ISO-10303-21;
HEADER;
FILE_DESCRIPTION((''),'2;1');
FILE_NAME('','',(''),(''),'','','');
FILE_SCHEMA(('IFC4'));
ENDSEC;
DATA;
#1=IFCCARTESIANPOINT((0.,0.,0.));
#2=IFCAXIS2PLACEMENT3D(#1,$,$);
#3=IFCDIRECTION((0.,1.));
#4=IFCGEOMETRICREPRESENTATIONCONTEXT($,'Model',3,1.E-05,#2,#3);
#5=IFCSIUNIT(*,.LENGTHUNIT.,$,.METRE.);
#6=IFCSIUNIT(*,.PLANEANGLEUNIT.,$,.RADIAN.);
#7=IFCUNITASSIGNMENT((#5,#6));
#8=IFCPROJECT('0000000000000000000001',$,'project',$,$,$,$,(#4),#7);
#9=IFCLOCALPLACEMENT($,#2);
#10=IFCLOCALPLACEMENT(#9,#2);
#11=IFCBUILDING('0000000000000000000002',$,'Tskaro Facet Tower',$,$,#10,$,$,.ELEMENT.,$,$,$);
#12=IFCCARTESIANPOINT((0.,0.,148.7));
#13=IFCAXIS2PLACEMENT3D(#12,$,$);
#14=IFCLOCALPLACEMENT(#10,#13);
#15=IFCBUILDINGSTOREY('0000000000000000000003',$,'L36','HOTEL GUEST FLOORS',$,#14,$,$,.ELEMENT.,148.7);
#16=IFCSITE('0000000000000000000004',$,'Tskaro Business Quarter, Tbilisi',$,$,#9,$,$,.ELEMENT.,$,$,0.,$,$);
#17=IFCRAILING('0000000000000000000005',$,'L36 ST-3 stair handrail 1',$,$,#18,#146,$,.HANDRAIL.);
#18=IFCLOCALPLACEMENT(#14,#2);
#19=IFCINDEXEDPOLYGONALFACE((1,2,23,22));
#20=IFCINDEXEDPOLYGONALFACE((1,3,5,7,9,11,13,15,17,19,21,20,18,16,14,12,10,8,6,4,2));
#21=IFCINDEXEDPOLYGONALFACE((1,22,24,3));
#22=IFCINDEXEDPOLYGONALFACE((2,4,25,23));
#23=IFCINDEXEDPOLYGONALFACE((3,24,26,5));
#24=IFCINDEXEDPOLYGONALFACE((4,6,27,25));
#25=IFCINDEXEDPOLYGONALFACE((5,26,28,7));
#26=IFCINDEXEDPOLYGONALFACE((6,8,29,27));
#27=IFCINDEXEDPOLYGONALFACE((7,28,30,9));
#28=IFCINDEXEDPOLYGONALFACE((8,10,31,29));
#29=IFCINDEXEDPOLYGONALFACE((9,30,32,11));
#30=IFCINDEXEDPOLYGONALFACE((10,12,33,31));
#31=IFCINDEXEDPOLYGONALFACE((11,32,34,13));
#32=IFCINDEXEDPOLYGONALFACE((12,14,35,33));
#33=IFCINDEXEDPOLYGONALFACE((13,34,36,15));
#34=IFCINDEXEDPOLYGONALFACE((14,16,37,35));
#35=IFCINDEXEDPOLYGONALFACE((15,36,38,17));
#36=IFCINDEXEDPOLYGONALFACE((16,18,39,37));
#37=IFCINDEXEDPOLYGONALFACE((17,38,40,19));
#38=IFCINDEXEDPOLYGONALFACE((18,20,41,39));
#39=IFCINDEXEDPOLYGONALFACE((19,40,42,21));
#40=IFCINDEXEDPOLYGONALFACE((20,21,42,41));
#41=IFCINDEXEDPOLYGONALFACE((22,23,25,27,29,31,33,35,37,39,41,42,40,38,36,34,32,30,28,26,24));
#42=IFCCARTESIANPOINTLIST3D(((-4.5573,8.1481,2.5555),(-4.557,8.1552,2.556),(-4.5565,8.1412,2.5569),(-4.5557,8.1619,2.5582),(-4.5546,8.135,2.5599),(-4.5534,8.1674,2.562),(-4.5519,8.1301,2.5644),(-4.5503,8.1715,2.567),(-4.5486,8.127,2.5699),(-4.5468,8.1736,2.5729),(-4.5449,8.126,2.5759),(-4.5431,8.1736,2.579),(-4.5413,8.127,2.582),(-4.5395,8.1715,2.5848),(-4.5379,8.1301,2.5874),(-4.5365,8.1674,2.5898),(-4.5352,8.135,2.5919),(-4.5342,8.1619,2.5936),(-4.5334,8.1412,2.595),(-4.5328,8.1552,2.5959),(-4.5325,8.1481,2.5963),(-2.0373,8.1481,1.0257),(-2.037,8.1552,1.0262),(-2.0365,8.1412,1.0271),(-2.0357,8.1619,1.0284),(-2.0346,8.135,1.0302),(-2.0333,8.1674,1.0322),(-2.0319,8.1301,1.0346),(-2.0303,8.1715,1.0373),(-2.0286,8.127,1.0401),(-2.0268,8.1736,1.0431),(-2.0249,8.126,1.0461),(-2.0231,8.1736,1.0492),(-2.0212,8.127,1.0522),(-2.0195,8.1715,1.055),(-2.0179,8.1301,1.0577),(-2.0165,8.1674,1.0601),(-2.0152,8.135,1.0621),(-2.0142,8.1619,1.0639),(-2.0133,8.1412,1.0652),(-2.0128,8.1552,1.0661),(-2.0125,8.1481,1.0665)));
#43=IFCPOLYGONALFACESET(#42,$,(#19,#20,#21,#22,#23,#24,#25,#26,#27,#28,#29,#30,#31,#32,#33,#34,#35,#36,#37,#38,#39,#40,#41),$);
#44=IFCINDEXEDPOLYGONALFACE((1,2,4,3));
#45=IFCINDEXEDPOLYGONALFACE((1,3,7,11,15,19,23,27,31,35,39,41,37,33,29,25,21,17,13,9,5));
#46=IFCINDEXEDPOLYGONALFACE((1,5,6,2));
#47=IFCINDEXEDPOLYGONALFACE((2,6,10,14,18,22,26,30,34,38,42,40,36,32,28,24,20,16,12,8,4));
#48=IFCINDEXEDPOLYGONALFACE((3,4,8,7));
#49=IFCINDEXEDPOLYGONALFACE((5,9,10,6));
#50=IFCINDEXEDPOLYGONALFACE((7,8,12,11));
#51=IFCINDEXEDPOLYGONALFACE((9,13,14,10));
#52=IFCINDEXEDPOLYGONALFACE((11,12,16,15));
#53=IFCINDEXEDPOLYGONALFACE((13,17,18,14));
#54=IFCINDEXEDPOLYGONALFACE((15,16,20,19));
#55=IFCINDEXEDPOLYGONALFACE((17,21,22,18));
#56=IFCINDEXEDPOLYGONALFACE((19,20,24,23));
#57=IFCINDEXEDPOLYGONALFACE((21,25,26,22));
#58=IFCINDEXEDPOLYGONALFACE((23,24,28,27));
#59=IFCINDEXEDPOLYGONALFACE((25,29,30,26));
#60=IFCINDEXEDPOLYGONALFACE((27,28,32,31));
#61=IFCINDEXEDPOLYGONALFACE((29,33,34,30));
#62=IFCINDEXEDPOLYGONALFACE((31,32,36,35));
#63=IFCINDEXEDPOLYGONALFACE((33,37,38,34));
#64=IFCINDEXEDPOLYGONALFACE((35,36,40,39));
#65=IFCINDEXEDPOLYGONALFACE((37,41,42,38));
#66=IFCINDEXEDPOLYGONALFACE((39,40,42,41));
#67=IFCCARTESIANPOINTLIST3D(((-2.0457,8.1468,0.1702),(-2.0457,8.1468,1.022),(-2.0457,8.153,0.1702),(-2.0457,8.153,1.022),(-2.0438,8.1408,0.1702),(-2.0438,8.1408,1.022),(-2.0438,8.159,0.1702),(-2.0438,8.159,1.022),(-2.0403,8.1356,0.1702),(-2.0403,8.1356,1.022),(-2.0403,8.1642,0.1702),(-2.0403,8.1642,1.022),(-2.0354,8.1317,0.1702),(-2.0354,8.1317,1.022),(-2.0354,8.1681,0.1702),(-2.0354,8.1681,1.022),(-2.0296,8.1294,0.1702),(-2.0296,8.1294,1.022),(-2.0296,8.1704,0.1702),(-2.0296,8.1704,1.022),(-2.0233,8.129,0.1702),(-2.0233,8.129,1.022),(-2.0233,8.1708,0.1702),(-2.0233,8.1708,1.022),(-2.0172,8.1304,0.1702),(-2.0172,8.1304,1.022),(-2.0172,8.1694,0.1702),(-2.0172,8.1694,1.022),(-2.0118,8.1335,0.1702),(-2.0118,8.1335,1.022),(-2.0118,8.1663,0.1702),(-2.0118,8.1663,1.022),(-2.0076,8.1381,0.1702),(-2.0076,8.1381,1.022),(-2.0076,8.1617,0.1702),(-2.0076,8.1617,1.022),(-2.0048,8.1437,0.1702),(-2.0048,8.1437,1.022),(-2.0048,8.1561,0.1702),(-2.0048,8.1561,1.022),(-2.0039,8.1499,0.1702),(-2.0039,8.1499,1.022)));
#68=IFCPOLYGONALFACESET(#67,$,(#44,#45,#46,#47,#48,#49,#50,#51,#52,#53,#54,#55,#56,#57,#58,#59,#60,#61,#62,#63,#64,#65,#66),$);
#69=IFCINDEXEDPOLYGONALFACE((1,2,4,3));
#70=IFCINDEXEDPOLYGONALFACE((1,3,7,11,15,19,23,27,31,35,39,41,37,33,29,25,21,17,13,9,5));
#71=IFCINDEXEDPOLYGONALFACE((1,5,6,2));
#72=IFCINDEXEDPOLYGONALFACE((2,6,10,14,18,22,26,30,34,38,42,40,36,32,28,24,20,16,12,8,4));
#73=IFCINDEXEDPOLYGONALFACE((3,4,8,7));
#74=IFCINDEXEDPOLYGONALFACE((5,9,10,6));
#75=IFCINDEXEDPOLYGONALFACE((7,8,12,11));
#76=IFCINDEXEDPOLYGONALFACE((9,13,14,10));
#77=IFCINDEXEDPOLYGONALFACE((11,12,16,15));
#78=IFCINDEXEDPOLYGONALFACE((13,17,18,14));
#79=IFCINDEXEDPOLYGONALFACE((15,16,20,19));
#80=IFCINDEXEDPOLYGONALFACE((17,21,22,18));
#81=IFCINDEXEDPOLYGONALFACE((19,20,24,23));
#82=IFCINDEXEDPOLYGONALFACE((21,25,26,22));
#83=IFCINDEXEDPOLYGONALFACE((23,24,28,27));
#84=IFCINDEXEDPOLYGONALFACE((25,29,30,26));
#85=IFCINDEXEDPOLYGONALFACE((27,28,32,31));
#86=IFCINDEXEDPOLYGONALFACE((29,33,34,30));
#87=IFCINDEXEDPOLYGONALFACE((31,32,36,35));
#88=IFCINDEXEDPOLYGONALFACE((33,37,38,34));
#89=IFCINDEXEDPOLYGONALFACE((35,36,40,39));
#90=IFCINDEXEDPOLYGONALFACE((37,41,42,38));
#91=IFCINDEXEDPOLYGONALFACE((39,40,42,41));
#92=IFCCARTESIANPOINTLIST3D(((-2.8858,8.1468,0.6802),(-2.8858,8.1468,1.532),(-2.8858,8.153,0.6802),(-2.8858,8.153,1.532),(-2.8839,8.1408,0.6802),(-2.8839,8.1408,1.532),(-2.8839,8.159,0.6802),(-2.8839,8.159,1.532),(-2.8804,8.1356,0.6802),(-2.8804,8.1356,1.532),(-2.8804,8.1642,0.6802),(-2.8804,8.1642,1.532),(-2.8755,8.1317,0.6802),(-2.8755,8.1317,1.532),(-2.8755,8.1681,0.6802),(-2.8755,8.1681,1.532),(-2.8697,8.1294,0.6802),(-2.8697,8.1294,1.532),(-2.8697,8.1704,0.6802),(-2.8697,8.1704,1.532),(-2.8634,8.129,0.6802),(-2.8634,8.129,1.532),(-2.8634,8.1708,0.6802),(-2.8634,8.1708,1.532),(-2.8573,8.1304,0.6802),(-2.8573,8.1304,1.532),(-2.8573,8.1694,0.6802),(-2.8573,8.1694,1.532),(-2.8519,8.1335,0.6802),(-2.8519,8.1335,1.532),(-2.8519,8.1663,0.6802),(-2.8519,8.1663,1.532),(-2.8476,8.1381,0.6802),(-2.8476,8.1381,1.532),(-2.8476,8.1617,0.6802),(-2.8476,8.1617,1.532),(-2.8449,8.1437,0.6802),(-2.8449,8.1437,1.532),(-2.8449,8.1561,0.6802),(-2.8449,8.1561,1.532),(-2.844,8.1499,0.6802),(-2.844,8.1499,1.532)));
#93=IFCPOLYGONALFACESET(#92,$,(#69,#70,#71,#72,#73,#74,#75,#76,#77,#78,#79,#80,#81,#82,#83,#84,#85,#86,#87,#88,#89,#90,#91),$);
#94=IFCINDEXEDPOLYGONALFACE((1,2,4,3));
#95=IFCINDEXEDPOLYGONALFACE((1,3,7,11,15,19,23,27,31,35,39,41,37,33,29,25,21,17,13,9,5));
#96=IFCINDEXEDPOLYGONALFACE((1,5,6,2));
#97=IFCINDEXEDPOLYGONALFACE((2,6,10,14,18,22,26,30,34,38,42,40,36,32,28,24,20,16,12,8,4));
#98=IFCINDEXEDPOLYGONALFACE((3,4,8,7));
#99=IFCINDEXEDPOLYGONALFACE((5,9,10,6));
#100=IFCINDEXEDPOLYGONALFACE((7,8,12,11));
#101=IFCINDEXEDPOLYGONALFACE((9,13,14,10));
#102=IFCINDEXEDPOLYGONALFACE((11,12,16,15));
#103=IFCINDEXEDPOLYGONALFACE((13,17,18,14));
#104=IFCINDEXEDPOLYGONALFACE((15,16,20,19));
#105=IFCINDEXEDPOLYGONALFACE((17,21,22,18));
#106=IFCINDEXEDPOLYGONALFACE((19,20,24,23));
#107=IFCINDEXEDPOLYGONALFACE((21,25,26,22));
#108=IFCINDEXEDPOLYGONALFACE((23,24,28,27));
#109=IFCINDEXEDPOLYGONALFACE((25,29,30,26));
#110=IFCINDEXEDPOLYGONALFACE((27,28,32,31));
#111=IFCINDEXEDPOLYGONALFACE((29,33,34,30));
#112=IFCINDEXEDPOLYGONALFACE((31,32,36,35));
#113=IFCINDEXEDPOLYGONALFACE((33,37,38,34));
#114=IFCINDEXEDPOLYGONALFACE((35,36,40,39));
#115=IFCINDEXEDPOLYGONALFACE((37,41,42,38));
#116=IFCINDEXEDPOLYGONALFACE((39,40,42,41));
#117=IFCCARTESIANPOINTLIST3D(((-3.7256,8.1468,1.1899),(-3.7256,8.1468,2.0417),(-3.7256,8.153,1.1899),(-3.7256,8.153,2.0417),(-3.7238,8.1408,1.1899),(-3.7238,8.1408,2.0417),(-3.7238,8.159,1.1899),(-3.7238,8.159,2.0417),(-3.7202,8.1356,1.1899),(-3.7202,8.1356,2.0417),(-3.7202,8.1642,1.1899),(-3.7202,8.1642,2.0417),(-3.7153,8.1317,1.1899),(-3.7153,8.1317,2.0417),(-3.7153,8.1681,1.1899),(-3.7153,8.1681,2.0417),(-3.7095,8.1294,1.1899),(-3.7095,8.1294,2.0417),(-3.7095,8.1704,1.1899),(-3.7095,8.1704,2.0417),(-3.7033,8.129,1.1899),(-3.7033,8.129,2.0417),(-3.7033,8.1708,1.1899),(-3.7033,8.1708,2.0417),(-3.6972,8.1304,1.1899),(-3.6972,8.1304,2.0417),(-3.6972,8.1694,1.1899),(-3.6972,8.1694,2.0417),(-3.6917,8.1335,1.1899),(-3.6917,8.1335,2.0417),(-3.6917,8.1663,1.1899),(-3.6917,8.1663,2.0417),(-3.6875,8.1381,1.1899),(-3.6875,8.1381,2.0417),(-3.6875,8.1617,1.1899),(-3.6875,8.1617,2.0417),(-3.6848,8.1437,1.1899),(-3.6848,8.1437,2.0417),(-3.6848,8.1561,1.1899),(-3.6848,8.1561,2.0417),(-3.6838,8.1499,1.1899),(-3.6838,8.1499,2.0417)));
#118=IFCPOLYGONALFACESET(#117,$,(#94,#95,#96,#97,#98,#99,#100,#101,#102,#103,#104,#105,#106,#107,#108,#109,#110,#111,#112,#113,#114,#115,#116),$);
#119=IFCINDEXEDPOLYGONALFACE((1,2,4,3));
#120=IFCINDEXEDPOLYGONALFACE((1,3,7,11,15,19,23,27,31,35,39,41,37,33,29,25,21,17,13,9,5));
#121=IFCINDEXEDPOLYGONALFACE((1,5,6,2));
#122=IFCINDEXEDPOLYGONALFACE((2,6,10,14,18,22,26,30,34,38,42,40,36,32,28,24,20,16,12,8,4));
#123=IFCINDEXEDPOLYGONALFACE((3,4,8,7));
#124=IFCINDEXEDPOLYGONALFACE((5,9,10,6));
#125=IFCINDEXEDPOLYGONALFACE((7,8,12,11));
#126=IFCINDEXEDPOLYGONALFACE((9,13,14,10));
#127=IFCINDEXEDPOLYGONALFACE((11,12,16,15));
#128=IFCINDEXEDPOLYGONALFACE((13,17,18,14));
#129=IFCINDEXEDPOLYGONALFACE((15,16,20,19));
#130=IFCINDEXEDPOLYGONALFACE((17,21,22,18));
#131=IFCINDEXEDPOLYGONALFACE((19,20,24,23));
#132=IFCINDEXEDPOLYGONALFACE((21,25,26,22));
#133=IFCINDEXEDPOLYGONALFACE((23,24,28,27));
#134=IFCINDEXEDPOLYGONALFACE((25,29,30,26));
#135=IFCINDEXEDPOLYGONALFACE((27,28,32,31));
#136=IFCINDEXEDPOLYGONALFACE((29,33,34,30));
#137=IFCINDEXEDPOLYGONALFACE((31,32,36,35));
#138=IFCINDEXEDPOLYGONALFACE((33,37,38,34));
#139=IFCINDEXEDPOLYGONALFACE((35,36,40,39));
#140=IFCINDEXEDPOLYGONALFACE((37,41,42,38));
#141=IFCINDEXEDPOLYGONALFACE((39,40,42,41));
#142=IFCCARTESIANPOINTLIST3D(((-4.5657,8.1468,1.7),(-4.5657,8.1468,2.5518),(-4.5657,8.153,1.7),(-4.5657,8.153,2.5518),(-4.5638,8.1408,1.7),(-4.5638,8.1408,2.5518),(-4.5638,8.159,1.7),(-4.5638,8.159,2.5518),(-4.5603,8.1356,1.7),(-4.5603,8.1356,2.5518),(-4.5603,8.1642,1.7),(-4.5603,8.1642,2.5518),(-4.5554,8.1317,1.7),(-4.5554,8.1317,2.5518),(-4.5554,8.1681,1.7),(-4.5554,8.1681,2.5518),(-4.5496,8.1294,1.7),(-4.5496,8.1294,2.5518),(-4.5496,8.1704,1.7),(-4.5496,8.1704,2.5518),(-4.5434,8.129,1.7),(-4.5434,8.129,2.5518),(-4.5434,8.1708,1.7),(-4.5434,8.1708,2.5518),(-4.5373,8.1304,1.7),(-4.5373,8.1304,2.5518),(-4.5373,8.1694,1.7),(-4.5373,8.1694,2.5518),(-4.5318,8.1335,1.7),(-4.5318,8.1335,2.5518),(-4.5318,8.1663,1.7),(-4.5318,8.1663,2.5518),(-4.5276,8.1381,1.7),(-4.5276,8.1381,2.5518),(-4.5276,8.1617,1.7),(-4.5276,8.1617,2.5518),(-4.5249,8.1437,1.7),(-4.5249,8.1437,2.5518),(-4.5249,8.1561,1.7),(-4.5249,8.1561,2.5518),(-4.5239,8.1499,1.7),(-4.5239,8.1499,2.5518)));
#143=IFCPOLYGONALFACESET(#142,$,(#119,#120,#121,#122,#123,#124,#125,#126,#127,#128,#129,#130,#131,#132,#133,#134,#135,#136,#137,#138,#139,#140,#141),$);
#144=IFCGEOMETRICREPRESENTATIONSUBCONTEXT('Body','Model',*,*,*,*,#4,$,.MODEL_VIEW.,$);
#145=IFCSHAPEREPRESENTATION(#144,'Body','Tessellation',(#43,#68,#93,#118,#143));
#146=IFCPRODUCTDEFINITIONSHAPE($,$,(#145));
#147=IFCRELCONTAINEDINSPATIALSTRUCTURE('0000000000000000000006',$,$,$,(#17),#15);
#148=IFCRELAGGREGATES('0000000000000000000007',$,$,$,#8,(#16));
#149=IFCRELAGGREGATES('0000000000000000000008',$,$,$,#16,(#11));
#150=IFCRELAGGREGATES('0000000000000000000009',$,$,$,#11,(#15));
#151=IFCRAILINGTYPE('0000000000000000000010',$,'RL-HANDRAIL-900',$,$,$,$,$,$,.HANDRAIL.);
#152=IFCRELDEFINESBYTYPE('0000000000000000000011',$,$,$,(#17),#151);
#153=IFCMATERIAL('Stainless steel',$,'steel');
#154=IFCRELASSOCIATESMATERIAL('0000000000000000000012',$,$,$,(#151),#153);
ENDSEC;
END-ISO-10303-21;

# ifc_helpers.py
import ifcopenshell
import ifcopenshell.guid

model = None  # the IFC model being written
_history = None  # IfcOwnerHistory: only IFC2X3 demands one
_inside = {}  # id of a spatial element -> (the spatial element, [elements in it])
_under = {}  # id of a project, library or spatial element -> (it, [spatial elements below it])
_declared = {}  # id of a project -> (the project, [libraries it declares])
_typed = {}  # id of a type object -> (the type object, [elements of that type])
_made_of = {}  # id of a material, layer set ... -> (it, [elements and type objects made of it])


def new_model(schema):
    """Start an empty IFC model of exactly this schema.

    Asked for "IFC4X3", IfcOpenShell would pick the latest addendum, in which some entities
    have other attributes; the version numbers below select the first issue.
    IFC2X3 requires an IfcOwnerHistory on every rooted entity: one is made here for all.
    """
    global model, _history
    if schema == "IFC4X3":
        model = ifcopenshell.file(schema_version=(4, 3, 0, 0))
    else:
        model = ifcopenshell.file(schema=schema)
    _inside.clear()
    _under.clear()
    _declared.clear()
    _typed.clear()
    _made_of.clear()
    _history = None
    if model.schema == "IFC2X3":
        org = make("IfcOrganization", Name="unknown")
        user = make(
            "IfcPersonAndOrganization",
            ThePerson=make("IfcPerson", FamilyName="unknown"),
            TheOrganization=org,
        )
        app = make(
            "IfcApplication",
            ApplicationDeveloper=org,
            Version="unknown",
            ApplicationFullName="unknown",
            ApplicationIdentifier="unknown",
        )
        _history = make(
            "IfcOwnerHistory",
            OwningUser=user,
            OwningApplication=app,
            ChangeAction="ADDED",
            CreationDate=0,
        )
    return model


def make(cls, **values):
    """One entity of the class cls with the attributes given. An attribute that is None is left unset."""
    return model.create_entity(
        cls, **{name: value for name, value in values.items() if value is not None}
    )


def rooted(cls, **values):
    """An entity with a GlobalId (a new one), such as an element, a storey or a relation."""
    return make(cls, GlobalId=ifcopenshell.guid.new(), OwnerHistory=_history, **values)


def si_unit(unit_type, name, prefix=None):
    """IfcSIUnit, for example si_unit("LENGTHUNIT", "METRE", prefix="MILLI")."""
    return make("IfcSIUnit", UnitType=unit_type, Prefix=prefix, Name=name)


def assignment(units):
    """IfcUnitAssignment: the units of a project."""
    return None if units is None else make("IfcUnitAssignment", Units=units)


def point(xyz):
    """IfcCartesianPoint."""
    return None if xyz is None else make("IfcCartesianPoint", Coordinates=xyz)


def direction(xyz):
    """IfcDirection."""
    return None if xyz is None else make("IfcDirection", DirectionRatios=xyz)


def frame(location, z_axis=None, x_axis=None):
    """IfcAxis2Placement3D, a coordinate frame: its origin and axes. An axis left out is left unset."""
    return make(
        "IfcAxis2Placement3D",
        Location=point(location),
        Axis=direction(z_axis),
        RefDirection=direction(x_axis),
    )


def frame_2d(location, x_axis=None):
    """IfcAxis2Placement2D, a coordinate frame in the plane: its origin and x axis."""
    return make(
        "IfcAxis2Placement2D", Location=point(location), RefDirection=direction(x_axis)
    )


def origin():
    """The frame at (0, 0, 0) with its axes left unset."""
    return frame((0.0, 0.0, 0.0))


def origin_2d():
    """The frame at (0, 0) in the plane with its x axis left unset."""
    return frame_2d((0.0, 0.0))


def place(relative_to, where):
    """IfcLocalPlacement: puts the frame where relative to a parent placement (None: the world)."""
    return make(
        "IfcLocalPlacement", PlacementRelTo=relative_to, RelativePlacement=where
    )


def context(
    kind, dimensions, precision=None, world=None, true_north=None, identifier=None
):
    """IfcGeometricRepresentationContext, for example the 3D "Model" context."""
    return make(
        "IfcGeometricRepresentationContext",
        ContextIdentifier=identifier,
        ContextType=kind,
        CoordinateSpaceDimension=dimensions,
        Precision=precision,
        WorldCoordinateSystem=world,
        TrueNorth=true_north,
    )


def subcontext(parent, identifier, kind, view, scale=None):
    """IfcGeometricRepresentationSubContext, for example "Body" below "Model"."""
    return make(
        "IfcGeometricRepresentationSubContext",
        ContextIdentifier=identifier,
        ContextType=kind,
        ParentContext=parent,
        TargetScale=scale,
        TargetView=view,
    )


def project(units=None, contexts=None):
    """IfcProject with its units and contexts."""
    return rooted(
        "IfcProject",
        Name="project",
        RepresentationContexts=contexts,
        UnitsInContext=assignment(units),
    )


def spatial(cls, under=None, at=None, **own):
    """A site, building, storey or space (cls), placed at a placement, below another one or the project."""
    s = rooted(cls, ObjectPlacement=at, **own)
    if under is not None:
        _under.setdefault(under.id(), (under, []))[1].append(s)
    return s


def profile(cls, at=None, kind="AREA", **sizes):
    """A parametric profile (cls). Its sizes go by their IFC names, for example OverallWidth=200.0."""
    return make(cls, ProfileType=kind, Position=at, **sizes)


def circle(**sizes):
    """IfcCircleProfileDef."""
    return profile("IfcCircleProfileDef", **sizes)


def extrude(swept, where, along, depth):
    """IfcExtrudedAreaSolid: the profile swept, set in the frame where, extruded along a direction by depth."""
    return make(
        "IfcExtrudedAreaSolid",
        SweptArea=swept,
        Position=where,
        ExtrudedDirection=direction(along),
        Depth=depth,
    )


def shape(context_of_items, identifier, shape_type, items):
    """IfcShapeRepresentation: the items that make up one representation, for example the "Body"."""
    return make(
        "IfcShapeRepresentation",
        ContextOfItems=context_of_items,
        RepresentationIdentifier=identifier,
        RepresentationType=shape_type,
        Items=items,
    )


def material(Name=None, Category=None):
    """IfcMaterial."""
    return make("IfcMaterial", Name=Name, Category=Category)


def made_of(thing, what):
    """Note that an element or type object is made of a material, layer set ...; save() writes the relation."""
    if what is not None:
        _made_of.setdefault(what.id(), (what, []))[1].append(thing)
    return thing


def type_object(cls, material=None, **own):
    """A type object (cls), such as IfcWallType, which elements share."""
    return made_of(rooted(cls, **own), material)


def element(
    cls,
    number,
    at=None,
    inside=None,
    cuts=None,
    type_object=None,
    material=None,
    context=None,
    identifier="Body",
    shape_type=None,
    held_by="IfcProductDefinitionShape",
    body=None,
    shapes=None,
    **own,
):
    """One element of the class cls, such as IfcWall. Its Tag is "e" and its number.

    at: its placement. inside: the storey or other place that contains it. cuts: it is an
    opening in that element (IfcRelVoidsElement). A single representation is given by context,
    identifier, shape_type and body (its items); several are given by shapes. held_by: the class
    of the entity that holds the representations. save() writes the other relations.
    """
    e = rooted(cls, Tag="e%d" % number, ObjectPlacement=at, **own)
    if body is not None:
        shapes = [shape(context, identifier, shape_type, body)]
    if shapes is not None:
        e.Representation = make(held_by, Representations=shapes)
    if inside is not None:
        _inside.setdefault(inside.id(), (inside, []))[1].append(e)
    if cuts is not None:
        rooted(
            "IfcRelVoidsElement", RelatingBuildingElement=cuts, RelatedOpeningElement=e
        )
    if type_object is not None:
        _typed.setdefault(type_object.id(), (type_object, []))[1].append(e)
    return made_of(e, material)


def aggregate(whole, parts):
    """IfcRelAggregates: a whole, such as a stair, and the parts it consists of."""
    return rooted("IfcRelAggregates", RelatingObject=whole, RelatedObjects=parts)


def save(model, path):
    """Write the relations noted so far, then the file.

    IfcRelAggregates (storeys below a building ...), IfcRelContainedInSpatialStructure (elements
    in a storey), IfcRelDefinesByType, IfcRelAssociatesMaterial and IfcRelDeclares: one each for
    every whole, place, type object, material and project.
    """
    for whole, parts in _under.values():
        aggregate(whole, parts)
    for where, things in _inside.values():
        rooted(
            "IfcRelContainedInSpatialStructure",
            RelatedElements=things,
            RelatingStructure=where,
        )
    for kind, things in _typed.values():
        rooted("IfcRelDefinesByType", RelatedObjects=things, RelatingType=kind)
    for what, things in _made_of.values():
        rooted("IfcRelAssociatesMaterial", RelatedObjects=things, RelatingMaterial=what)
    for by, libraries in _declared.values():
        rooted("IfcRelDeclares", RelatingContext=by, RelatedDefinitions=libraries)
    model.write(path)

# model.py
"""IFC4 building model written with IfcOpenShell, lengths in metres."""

from ifc_helpers import new_model, si_unit, direction, frame, origin, origin_2d, place, context, subcontext, project, spatial, circle, extrude, material, type_object, element, save


model = new_model("IFC4")

# Units and contexts
model_context = context("Model", 3, precision=1e-05, world=origin(), true_north=direction((0.0, 1.0)))
body_context = subcontext(model_context, "Body", "Model", "MODEL_VIEW")
ifc_project = project(units=[si_unit("LENGTHUNIT", "METRE"), si_unit("PLANEANGLEUNIT", "RADIAN")], contexts=[model_context])

# Site, building, storey
site_placement = place(None, origin())
site = spatial("IfcSite", under=ifc_project, at=site_placement, Name="Tskaro Business Quarter, Tbilisi", CompositionType="ELEMENT", RefElevation=0.0)
building_placement = place(site_placement, origin())
building = spatial("IfcBuilding", under=site, at=building_placement, Name="Tskaro Facet Tower", CompositionType="ELEMENT")
storey_placement = place(building_placement, frame((0.0, 0.0, 148.7)))
storey = spatial("IfcBuildingStorey", under=building, at=storey_placement, Name="L36", Description="HOTEL GUEST FLOORS", CompositionType="ELEMENT", Elevation=148.7)

# Railing
ifc_material_1 = material(Name="Stainless steel", Category="steel")
railing_type_1 = type_object("IfcRailingType", Name="RL-HANDRAIL-900", PredefinedType="HANDRAIL", material=ifc_material_1)
railing_1_placement = place(storey_placement, frame((-2.0249, 8.1499, 0.1702)))
element("IfcRailing", 1, at=railing_1_placement, inside=storey, type_object=railing_type_1, Name="L36 ST-3 stair handrail 1", PredefinedType="HANDRAIL", context=body_context, shape_type="SweptSolid", body=[
    extrude(circle(Radius=0.0239, at=origin_2d()), frame((0.0, 0.0, 0.876), z_axis=(-0.854822, 0.0, 0.518922), x_axis=(0.0, -1.0, 0.0)), (0.0, 0.0, 1.0), 2.948),
    extrude(circle(Radius=0.021, at=origin_2d()), origin(), (0.0, 0.0, 1.0), 0.8518),
    extrude(circle(Radius=0.021, at=origin_2d()), frame((-0.8401, 0.0, 0.51)), (0.0, 0.0, 1.0), 0.8518),
    extrude(circle(Radius=0.021, at=origin_2d()), frame((-1.6799, 0.0, 1.0198)), (0.0, 0.0, 1.0), 0.8518),
    extrude(circle(Radius=0.021, at=origin_2d()), frame((-2.52, 0.0, 1.5298)), (0.0, 0.0, 1.0), 0.8518),
])

save(model, "model.ifc")
